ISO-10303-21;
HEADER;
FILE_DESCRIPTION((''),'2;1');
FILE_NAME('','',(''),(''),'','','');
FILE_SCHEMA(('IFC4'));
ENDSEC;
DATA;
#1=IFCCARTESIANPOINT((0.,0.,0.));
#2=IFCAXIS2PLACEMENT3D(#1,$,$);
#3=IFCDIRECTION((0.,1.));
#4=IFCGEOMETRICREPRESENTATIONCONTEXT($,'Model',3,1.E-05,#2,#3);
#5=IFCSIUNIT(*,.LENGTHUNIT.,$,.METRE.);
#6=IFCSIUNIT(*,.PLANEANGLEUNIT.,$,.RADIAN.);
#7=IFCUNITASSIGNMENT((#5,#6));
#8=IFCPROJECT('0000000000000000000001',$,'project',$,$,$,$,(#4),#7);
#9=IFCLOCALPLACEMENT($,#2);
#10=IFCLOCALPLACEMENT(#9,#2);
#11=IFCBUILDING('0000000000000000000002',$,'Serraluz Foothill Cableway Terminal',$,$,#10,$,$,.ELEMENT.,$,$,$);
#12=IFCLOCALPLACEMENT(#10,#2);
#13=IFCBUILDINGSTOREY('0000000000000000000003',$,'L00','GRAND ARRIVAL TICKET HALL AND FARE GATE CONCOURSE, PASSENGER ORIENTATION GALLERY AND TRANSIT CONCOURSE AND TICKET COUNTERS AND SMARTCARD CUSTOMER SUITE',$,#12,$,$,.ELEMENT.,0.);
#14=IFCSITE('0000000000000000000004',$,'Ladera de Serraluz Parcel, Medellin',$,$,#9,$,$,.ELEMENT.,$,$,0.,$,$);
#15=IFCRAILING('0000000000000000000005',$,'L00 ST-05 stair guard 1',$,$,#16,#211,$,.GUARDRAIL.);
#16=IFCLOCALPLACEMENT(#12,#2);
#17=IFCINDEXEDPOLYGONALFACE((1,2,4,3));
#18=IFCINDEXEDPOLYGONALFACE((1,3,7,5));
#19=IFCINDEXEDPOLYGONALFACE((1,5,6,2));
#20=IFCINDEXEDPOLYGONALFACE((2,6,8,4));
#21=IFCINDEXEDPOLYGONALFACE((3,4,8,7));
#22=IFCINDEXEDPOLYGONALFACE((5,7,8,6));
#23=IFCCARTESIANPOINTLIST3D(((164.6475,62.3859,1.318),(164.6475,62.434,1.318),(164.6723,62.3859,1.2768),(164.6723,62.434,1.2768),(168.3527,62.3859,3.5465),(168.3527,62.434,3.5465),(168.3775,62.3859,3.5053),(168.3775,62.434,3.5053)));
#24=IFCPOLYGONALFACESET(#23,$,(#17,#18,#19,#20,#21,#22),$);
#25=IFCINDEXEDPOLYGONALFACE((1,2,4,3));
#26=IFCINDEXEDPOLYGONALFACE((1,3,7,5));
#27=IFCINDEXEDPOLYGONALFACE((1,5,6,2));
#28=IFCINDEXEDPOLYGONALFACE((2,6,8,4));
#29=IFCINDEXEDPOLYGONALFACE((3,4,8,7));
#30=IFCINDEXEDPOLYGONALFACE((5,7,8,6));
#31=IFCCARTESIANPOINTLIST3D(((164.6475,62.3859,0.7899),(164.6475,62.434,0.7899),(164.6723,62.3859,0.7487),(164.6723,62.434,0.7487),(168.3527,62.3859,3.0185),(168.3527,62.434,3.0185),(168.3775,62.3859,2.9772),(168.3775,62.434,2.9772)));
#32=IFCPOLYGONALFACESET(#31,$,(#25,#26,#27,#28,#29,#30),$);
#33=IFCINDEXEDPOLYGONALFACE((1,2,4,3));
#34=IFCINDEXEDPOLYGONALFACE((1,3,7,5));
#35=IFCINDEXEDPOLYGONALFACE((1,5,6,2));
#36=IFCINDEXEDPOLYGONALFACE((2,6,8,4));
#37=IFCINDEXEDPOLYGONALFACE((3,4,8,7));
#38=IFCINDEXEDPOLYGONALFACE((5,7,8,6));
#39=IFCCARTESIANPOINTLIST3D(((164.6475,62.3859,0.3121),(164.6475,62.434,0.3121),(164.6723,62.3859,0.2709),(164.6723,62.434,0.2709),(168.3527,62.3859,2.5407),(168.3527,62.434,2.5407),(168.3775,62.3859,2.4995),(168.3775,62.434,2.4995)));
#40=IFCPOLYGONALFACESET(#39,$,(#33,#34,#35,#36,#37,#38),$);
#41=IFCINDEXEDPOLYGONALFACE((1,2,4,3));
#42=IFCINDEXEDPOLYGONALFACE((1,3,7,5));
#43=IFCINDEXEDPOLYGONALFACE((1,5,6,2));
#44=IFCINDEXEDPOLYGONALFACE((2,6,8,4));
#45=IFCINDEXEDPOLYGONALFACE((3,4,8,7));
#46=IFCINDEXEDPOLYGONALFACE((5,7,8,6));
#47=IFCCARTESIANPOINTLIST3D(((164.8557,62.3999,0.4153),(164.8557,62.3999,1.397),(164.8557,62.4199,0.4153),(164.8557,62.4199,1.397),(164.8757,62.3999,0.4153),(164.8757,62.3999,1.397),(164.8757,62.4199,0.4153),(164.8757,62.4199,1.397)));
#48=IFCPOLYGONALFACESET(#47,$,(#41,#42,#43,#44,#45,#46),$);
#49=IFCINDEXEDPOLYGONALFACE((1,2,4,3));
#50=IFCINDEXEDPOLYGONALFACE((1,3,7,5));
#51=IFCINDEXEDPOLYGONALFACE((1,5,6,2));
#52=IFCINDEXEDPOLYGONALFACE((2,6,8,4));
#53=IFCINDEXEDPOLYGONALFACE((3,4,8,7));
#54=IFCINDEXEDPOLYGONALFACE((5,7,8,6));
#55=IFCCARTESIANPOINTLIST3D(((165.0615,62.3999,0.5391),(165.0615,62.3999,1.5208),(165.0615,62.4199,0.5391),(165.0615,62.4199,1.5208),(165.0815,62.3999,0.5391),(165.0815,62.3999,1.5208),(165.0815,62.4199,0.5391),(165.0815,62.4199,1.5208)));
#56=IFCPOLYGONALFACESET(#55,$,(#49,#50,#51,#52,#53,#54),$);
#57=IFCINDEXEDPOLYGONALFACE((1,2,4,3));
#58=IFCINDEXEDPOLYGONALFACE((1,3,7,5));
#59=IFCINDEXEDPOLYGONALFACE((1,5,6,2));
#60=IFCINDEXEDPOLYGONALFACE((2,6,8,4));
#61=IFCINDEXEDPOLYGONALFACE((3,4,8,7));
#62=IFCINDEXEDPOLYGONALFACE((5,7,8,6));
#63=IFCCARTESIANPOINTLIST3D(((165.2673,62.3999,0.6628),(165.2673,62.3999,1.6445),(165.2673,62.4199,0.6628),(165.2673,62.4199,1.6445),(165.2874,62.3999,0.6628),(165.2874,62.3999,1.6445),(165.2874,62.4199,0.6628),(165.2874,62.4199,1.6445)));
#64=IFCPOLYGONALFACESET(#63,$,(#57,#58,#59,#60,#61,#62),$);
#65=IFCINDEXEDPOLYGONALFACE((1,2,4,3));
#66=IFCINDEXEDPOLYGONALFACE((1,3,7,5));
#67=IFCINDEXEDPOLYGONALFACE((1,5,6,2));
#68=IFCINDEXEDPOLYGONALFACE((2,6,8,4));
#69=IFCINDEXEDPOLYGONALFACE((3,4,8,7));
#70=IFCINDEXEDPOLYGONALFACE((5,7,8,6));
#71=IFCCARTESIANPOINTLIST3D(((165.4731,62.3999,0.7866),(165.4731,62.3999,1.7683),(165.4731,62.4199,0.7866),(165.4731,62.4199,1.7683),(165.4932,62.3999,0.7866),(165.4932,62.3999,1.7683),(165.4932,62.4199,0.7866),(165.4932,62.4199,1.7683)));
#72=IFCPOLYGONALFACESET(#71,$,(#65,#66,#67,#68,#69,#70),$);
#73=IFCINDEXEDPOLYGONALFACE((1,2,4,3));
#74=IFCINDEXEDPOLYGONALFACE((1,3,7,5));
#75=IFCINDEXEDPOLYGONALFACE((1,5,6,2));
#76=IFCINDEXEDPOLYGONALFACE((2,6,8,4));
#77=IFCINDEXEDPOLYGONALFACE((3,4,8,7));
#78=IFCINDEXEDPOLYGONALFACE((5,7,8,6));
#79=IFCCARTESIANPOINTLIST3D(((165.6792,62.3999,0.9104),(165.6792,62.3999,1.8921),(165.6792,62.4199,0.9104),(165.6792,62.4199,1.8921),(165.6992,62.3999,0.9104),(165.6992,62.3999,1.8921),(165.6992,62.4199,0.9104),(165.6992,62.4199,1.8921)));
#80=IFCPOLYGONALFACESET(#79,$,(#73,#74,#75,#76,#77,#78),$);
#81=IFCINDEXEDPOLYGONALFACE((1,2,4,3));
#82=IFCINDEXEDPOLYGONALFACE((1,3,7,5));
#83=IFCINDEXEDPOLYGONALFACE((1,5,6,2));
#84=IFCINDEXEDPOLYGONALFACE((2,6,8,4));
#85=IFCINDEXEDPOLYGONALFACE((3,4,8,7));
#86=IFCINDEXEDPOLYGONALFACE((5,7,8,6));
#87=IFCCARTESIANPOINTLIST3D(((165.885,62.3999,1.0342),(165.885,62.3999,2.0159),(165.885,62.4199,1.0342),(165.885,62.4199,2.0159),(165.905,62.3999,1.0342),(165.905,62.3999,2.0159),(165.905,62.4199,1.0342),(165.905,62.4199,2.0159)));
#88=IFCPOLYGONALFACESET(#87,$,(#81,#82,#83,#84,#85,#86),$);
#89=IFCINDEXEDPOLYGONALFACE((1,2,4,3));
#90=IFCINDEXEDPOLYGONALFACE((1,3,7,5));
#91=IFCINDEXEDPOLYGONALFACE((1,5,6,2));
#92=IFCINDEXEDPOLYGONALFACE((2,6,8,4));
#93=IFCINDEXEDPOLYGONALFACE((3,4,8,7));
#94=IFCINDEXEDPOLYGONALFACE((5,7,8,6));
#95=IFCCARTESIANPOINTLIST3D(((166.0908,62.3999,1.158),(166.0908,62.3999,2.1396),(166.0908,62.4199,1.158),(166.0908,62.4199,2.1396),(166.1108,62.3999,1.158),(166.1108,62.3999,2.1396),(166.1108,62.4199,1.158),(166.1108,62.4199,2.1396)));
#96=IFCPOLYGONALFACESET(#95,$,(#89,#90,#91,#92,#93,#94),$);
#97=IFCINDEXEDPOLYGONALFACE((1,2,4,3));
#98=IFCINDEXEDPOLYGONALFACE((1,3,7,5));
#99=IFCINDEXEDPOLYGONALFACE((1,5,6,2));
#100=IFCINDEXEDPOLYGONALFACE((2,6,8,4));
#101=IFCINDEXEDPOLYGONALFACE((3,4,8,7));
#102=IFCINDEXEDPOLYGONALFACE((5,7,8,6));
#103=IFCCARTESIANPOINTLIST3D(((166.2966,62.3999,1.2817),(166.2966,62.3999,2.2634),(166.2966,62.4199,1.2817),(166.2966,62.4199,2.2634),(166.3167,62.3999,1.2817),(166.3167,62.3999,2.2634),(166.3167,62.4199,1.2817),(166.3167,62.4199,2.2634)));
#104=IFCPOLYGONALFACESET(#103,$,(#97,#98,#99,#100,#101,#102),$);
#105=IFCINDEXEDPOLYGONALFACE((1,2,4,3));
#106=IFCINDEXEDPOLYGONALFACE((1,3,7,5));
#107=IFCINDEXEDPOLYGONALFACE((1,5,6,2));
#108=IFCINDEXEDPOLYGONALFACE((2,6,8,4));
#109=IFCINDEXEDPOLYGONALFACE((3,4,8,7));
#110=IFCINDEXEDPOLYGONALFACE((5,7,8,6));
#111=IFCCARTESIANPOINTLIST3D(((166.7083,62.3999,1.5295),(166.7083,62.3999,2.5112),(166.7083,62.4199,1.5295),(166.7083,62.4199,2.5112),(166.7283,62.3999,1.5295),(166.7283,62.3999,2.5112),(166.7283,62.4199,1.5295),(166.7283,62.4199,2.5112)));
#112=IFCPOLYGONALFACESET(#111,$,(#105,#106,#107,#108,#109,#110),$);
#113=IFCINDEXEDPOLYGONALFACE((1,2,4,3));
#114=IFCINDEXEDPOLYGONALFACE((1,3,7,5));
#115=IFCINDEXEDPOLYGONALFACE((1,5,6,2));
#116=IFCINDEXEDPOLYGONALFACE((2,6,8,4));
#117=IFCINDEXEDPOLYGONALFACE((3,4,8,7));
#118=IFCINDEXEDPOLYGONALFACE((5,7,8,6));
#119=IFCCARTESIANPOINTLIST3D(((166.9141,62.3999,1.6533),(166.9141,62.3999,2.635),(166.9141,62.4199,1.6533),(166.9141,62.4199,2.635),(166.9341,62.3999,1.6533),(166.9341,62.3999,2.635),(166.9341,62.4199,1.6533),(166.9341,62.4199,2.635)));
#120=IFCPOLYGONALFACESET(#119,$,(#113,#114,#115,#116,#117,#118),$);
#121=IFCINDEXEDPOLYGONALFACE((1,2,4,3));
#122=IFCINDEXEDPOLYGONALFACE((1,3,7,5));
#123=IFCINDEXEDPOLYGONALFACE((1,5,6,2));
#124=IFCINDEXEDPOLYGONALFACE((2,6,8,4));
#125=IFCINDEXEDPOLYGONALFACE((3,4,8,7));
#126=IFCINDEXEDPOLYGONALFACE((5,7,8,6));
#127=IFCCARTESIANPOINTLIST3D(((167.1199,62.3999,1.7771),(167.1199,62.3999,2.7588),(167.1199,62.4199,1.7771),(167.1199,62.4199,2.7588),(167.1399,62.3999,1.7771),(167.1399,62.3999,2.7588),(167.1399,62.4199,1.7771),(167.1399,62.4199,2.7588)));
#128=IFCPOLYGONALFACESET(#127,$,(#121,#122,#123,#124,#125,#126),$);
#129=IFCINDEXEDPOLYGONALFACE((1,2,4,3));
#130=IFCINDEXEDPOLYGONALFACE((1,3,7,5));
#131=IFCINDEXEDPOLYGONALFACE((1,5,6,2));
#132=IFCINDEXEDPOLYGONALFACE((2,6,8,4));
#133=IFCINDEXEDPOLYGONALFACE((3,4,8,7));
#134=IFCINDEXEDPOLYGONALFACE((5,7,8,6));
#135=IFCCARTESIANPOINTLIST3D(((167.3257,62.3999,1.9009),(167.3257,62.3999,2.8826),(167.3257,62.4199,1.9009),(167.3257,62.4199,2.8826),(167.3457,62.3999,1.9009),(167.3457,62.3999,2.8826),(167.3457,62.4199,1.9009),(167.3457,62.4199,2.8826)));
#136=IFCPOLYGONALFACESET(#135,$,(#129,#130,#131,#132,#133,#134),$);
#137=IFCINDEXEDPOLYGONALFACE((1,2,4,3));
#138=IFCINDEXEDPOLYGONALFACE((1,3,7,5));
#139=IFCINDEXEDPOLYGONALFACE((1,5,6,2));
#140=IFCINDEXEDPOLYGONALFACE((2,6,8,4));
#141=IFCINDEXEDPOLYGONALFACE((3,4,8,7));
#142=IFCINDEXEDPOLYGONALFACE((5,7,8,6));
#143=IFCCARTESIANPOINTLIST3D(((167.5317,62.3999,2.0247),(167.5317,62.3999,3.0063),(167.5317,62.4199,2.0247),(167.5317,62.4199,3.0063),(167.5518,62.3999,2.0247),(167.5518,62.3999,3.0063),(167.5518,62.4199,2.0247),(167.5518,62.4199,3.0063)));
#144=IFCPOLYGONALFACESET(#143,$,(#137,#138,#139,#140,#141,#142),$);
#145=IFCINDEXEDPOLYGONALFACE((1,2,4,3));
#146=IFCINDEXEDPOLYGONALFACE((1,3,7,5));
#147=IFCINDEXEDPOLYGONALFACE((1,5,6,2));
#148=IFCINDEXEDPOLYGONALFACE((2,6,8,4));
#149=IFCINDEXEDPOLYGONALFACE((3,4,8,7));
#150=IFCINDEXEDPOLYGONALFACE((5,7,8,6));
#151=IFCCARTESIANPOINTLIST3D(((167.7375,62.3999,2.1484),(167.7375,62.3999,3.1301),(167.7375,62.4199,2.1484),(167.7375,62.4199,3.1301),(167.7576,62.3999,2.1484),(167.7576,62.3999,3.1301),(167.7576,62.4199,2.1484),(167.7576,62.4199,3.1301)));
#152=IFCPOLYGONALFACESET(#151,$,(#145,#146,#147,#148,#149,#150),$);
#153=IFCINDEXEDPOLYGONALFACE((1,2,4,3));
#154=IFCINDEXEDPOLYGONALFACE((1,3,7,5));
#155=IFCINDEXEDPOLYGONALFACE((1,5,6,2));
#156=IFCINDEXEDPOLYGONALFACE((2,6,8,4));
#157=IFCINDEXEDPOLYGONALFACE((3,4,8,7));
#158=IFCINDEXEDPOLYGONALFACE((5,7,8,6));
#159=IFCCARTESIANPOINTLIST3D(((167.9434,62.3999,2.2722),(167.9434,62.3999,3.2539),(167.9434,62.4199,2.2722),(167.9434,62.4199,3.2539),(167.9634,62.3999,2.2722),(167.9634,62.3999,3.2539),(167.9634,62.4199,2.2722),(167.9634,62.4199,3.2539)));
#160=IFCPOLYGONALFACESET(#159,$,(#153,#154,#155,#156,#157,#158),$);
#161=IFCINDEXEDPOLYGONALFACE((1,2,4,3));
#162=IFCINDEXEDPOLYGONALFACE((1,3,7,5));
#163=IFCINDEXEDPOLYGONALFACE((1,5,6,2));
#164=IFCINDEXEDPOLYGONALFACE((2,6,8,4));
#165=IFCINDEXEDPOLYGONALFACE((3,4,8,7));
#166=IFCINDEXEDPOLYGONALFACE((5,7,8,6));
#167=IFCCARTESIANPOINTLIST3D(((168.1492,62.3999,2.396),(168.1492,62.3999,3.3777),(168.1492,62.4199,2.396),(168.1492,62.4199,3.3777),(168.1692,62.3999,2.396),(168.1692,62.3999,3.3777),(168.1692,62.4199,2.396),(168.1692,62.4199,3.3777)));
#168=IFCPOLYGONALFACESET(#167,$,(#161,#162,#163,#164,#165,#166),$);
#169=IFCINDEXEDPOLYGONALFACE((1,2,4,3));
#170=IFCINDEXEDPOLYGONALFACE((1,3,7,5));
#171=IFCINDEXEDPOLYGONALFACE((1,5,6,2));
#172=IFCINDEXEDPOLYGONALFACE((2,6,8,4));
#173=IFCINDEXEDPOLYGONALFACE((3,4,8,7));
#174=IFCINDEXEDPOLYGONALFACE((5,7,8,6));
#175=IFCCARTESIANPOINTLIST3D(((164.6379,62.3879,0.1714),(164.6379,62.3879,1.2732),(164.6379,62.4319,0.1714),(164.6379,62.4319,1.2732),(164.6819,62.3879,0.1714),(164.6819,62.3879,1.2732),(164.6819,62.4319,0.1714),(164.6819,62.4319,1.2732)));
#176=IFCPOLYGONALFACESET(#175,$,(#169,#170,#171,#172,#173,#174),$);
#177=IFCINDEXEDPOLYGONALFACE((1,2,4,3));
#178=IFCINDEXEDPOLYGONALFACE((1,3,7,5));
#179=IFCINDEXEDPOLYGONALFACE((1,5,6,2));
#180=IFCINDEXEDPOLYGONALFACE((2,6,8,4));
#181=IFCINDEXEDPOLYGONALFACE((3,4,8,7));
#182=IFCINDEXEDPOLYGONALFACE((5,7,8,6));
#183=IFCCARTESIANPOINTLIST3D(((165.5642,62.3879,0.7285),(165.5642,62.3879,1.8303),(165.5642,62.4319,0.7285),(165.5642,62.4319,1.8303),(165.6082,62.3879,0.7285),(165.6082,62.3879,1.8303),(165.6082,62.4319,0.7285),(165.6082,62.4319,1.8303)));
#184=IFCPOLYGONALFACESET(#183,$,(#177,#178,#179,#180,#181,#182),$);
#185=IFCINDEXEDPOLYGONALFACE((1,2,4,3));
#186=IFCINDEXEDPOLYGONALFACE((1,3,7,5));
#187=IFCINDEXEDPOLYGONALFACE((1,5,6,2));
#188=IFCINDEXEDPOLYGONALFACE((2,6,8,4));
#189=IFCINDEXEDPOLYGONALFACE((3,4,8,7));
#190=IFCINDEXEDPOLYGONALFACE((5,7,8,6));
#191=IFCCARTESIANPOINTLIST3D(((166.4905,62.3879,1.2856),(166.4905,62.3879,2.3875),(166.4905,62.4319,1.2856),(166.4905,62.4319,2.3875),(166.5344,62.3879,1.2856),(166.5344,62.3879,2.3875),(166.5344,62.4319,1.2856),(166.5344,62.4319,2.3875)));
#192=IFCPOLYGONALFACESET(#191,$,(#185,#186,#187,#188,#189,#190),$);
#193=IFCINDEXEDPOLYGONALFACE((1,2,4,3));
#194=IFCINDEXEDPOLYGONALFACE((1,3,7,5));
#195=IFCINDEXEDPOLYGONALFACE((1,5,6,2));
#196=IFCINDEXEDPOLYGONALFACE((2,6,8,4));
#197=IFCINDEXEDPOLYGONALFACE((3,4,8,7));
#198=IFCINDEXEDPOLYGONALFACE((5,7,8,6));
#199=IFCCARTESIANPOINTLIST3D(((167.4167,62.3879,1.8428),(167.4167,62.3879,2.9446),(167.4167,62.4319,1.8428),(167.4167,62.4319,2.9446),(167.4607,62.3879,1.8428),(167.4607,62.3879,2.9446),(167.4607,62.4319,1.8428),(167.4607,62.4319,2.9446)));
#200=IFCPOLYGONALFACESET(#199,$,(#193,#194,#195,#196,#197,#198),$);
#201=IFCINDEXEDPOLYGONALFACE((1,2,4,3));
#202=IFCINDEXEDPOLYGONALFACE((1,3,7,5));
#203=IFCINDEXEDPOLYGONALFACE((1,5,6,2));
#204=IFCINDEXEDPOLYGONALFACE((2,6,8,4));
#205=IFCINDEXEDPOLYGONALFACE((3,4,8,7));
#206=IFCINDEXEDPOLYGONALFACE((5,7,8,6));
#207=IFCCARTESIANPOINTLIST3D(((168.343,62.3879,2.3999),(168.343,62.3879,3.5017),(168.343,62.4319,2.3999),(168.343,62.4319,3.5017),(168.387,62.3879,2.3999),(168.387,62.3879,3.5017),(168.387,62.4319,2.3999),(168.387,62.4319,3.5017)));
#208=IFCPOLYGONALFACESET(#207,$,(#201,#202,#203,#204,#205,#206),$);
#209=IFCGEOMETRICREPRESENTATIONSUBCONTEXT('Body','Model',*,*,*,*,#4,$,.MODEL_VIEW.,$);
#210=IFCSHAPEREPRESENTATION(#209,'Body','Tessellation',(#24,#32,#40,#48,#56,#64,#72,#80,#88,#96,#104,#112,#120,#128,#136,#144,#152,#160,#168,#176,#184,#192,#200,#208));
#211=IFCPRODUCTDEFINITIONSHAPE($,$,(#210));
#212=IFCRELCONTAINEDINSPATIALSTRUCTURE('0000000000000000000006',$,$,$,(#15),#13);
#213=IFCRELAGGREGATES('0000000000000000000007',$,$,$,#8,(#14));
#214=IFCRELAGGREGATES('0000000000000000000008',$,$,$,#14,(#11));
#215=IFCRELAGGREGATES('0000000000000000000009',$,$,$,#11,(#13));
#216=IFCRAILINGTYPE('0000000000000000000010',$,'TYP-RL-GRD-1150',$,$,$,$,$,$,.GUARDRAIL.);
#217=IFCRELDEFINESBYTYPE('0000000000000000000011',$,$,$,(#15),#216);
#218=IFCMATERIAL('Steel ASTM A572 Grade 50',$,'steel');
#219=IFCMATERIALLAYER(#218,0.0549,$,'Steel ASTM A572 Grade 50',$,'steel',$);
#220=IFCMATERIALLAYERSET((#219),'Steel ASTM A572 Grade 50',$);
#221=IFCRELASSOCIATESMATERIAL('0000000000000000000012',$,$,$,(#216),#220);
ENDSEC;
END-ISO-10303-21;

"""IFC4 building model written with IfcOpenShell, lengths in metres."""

from ifc_helpers import new_model, si_unit, direction, frame, origin, origin_2d, place, context, subcontext, project, spatial, rectangle, extrude, material, layer, layer_set, type_object, element, save


model = new_model("IFC4")

# Units and contexts
model_context = context("Model", 3, precision=1e-05, world=origin(), true_north=direction((0.0, 1.0)))
body_context = subcontext(model_context, "Body", "Model", "MODEL_VIEW")
ifc_project = project(units=[si_unit("LENGTHUNIT", "METRE"), si_unit("PLANEANGLEUNIT", "RADIAN")], contexts=[model_context])

# Site, building, storey
site_placement = place(None, origin())
site = spatial("IfcSite", under=ifc_project, at=site_placement, Name="Ladera de Serraluz Parcel, Medellin", CompositionType="ELEMENT", RefElevation=0.0)
building_placement = place(site_placement, origin())
building = spatial("IfcBuilding", under=site, at=building_placement, Name="Serraluz Foothill Cableway Terminal", CompositionType="ELEMENT")
storey_placement = place(building_placement, origin())
storey = spatial("IfcBuildingStorey", under=building, at=storey_placement, Name="L00", Description="GRAND ARRIVAL TICKET HALL AND FARE GATE CONCOURSE, PASSENGER ORIENTATION GALLERY AND TRANSIT CONCOURSE AND TICKET COUNTERS AND SMARTCARD CUSTOMER SUITE", CompositionType="ELEMENT", Elevation=0.0)

# Railing
ifc_material_1 = material(Name="Steel ASTM A572 Grade 50", Category="steel")
ifc_layer_1 = layer(ifc_material_1, 0.0549, Name="Steel ASTM A572 Grade 50", Category="steel")
ifc_layer_set_1 = layer_set([ifc_layer_1], Name="Steel ASTM A572 Grade 50")
railing_type_1 = type_object("IfcRailingType", Name="TYP-RL-GRD-1150", PredefinedType="GUARDRAIL", material=ifc_layer_set_1)
railing_1_placement = place(storey_placement, frame((164.6599, 62.4099, 0.1714)))
element("IfcRailing", 1, at=railing_1_placement, inside=storey, type_object=railing_type_1, Name="L00 ST-05 stair guard 1", PredefinedType="GUARDRAIL", context=body_context, shape_type="SweptSolid", body=[
    extrude(rectangle(XDim=0.0481, YDim=0.0481, at=origin_2d()), frame((0.0, 0.0, 1.126), z_axis=(0.856934, 0.0, 0.515425), x_axis=(0.0, 1.0, 0.0)), (0.0, 0.0, 1.0), 4.3237),
    extrude(rectangle(XDim=0.0481, YDim=0.0481, at=origin_2d()), frame((0.0, 0.0, 0.5979), z_axis=(0.856934, 0.0, 0.515425), x_axis=(0.0, 1.0, 0.0)), (0.0, 0.0, 1.0), 4.3237),
    extrude(rectangle(XDim=0.0481, YDim=0.0481, at=origin_2d()), frame((0.0, 0.0, 0.1201), z_axis=(0.856934, 0.0, 0.515425), x_axis=(0.0, 1.0, 0.0)), (0.0, 0.0, 1.0), 4.3237),
    extrude(rectangle(XDim=0.02, YDim=0.02, at=origin_2d()), frame((0.2058, 0.0, 0.2439)), (0.0, 0.0, 1.0), 0.9817),
    extrude(rectangle(XDim=0.02, YDim=0.02, at=origin_2d()), frame((0.4116, 0.0, 0.3677)), (0.0, 0.0, 1.0), 0.9817),
    extrude(rectangle(XDim=0.02, YDim=0.02, at=origin_2d()), frame((0.6174, 0.0, 0.4915)), (0.0, 0.0, 1.0), 0.9817),
    extrude(rectangle(XDim=0.02, YDim=0.02, at=origin_2d()), frame((0.8232, 0.0, 0.6152)), (0.0, 0.0, 1.0), 0.9817),
    extrude(rectangle(XDim=0.02, YDim=0.02, at=origin_2d()), frame((1.0293, 0.0, 0.739)), (0.0, 0.0, 1.0), 0.9817),
    extrude(rectangle(XDim=0.02, YDim=0.02, at=origin_2d()), frame((1.2351, 0.0, 0.8628)), (0.0, 0.0, 1.0), 0.9817),
    extrude(rectangle(XDim=0.02, YDim=0.02, at=origin_2d()), frame((1.4409, 0.0, 0.9866)), (0.0, 0.0, 1.0), 0.9817),
    extrude(rectangle(XDim=0.02, YDim=0.02, at=origin_2d()), frame((1.6467, 0.0, 1.1104)), (0.0, 0.0, 1.0), 0.9817),
    extrude(rectangle(XDim=0.02, YDim=0.02, at=origin_2d()), frame((2.0583, 0.0, 1.3582)), (0.0, 0.0, 1.0), 0.9817),
    extrude(rectangle(XDim=0.02, YDim=0.02, at=origin_2d()), frame((2.2642, 0.0, 1.4819)), (0.0, 0.0, 1.0), 0.9817),
    extrude(rectangle(XDim=0.02, YDim=0.02, at=origin_2d()), frame((2.47, 0.0, 1.6057)), (0.0, 0.0, 1.0), 0.9817),
    extrude(rectangle(XDim=0.02, YDim=0.02, at=origin_2d()), frame((2.6758, 0.0, 1.7295)), (0.0, 0.0, 1.0), 0.9817),
    extrude(rectangle(XDim=0.02, YDim=0.02, at=origin_2d()), frame((2.8818, 0.0, 1.8533)), (0.0, 0.0, 1.0), 0.9817),
    extrude(rectangle(XDim=0.02, YDim=0.02, at=origin_2d()), frame((3.0876, 0.0, 1.9771)), (0.0, 0.0, 1.0), 0.9817),
    extrude(rectangle(XDim=0.02, YDim=0.02, at=origin_2d()), frame((3.2935, 0.0, 2.1008)), (0.0, 0.0, 1.0), 0.9817),
    extrude(rectangle(XDim=0.02, YDim=0.02, at=origin_2d()), frame((3.4993, 0.0, 2.2246)), (0.0, 0.0, 1.0), 0.9817),
    extrude(rectangle(XDim=0.0439, YDim=0.0439, at=origin_2d()), origin(), (0.0, 0.0, 1.0), 1.1018),
    extrude(rectangle(XDim=0.0439, YDim=0.0439, at=origin_2d()), frame((0.9263, 0.0, 0.5571)), (0.0, 0.0, 1.0), 1.1018),
    extrude(rectangle(XDim=0.0439, YDim=0.0439, at=origin_2d()), frame((1.8525, 0.0, 1.1143)), (0.0, 0.0, 1.0), 1.1018),
    extrude(rectangle(XDim=0.0439, YDim=0.0439, at=origin_2d()), frame((2.7788, 0.0, 1.6714)), (0.0, 0.0, 1.0), 1.1018),
    extrude(rectangle(XDim=0.0439, YDim=0.0439, at=origin_2d()), frame((3.7051, 0.0, 2.2285)), (0.0, 0.0, 1.0), 1.1018),
])

save(model, "model.ifc")
